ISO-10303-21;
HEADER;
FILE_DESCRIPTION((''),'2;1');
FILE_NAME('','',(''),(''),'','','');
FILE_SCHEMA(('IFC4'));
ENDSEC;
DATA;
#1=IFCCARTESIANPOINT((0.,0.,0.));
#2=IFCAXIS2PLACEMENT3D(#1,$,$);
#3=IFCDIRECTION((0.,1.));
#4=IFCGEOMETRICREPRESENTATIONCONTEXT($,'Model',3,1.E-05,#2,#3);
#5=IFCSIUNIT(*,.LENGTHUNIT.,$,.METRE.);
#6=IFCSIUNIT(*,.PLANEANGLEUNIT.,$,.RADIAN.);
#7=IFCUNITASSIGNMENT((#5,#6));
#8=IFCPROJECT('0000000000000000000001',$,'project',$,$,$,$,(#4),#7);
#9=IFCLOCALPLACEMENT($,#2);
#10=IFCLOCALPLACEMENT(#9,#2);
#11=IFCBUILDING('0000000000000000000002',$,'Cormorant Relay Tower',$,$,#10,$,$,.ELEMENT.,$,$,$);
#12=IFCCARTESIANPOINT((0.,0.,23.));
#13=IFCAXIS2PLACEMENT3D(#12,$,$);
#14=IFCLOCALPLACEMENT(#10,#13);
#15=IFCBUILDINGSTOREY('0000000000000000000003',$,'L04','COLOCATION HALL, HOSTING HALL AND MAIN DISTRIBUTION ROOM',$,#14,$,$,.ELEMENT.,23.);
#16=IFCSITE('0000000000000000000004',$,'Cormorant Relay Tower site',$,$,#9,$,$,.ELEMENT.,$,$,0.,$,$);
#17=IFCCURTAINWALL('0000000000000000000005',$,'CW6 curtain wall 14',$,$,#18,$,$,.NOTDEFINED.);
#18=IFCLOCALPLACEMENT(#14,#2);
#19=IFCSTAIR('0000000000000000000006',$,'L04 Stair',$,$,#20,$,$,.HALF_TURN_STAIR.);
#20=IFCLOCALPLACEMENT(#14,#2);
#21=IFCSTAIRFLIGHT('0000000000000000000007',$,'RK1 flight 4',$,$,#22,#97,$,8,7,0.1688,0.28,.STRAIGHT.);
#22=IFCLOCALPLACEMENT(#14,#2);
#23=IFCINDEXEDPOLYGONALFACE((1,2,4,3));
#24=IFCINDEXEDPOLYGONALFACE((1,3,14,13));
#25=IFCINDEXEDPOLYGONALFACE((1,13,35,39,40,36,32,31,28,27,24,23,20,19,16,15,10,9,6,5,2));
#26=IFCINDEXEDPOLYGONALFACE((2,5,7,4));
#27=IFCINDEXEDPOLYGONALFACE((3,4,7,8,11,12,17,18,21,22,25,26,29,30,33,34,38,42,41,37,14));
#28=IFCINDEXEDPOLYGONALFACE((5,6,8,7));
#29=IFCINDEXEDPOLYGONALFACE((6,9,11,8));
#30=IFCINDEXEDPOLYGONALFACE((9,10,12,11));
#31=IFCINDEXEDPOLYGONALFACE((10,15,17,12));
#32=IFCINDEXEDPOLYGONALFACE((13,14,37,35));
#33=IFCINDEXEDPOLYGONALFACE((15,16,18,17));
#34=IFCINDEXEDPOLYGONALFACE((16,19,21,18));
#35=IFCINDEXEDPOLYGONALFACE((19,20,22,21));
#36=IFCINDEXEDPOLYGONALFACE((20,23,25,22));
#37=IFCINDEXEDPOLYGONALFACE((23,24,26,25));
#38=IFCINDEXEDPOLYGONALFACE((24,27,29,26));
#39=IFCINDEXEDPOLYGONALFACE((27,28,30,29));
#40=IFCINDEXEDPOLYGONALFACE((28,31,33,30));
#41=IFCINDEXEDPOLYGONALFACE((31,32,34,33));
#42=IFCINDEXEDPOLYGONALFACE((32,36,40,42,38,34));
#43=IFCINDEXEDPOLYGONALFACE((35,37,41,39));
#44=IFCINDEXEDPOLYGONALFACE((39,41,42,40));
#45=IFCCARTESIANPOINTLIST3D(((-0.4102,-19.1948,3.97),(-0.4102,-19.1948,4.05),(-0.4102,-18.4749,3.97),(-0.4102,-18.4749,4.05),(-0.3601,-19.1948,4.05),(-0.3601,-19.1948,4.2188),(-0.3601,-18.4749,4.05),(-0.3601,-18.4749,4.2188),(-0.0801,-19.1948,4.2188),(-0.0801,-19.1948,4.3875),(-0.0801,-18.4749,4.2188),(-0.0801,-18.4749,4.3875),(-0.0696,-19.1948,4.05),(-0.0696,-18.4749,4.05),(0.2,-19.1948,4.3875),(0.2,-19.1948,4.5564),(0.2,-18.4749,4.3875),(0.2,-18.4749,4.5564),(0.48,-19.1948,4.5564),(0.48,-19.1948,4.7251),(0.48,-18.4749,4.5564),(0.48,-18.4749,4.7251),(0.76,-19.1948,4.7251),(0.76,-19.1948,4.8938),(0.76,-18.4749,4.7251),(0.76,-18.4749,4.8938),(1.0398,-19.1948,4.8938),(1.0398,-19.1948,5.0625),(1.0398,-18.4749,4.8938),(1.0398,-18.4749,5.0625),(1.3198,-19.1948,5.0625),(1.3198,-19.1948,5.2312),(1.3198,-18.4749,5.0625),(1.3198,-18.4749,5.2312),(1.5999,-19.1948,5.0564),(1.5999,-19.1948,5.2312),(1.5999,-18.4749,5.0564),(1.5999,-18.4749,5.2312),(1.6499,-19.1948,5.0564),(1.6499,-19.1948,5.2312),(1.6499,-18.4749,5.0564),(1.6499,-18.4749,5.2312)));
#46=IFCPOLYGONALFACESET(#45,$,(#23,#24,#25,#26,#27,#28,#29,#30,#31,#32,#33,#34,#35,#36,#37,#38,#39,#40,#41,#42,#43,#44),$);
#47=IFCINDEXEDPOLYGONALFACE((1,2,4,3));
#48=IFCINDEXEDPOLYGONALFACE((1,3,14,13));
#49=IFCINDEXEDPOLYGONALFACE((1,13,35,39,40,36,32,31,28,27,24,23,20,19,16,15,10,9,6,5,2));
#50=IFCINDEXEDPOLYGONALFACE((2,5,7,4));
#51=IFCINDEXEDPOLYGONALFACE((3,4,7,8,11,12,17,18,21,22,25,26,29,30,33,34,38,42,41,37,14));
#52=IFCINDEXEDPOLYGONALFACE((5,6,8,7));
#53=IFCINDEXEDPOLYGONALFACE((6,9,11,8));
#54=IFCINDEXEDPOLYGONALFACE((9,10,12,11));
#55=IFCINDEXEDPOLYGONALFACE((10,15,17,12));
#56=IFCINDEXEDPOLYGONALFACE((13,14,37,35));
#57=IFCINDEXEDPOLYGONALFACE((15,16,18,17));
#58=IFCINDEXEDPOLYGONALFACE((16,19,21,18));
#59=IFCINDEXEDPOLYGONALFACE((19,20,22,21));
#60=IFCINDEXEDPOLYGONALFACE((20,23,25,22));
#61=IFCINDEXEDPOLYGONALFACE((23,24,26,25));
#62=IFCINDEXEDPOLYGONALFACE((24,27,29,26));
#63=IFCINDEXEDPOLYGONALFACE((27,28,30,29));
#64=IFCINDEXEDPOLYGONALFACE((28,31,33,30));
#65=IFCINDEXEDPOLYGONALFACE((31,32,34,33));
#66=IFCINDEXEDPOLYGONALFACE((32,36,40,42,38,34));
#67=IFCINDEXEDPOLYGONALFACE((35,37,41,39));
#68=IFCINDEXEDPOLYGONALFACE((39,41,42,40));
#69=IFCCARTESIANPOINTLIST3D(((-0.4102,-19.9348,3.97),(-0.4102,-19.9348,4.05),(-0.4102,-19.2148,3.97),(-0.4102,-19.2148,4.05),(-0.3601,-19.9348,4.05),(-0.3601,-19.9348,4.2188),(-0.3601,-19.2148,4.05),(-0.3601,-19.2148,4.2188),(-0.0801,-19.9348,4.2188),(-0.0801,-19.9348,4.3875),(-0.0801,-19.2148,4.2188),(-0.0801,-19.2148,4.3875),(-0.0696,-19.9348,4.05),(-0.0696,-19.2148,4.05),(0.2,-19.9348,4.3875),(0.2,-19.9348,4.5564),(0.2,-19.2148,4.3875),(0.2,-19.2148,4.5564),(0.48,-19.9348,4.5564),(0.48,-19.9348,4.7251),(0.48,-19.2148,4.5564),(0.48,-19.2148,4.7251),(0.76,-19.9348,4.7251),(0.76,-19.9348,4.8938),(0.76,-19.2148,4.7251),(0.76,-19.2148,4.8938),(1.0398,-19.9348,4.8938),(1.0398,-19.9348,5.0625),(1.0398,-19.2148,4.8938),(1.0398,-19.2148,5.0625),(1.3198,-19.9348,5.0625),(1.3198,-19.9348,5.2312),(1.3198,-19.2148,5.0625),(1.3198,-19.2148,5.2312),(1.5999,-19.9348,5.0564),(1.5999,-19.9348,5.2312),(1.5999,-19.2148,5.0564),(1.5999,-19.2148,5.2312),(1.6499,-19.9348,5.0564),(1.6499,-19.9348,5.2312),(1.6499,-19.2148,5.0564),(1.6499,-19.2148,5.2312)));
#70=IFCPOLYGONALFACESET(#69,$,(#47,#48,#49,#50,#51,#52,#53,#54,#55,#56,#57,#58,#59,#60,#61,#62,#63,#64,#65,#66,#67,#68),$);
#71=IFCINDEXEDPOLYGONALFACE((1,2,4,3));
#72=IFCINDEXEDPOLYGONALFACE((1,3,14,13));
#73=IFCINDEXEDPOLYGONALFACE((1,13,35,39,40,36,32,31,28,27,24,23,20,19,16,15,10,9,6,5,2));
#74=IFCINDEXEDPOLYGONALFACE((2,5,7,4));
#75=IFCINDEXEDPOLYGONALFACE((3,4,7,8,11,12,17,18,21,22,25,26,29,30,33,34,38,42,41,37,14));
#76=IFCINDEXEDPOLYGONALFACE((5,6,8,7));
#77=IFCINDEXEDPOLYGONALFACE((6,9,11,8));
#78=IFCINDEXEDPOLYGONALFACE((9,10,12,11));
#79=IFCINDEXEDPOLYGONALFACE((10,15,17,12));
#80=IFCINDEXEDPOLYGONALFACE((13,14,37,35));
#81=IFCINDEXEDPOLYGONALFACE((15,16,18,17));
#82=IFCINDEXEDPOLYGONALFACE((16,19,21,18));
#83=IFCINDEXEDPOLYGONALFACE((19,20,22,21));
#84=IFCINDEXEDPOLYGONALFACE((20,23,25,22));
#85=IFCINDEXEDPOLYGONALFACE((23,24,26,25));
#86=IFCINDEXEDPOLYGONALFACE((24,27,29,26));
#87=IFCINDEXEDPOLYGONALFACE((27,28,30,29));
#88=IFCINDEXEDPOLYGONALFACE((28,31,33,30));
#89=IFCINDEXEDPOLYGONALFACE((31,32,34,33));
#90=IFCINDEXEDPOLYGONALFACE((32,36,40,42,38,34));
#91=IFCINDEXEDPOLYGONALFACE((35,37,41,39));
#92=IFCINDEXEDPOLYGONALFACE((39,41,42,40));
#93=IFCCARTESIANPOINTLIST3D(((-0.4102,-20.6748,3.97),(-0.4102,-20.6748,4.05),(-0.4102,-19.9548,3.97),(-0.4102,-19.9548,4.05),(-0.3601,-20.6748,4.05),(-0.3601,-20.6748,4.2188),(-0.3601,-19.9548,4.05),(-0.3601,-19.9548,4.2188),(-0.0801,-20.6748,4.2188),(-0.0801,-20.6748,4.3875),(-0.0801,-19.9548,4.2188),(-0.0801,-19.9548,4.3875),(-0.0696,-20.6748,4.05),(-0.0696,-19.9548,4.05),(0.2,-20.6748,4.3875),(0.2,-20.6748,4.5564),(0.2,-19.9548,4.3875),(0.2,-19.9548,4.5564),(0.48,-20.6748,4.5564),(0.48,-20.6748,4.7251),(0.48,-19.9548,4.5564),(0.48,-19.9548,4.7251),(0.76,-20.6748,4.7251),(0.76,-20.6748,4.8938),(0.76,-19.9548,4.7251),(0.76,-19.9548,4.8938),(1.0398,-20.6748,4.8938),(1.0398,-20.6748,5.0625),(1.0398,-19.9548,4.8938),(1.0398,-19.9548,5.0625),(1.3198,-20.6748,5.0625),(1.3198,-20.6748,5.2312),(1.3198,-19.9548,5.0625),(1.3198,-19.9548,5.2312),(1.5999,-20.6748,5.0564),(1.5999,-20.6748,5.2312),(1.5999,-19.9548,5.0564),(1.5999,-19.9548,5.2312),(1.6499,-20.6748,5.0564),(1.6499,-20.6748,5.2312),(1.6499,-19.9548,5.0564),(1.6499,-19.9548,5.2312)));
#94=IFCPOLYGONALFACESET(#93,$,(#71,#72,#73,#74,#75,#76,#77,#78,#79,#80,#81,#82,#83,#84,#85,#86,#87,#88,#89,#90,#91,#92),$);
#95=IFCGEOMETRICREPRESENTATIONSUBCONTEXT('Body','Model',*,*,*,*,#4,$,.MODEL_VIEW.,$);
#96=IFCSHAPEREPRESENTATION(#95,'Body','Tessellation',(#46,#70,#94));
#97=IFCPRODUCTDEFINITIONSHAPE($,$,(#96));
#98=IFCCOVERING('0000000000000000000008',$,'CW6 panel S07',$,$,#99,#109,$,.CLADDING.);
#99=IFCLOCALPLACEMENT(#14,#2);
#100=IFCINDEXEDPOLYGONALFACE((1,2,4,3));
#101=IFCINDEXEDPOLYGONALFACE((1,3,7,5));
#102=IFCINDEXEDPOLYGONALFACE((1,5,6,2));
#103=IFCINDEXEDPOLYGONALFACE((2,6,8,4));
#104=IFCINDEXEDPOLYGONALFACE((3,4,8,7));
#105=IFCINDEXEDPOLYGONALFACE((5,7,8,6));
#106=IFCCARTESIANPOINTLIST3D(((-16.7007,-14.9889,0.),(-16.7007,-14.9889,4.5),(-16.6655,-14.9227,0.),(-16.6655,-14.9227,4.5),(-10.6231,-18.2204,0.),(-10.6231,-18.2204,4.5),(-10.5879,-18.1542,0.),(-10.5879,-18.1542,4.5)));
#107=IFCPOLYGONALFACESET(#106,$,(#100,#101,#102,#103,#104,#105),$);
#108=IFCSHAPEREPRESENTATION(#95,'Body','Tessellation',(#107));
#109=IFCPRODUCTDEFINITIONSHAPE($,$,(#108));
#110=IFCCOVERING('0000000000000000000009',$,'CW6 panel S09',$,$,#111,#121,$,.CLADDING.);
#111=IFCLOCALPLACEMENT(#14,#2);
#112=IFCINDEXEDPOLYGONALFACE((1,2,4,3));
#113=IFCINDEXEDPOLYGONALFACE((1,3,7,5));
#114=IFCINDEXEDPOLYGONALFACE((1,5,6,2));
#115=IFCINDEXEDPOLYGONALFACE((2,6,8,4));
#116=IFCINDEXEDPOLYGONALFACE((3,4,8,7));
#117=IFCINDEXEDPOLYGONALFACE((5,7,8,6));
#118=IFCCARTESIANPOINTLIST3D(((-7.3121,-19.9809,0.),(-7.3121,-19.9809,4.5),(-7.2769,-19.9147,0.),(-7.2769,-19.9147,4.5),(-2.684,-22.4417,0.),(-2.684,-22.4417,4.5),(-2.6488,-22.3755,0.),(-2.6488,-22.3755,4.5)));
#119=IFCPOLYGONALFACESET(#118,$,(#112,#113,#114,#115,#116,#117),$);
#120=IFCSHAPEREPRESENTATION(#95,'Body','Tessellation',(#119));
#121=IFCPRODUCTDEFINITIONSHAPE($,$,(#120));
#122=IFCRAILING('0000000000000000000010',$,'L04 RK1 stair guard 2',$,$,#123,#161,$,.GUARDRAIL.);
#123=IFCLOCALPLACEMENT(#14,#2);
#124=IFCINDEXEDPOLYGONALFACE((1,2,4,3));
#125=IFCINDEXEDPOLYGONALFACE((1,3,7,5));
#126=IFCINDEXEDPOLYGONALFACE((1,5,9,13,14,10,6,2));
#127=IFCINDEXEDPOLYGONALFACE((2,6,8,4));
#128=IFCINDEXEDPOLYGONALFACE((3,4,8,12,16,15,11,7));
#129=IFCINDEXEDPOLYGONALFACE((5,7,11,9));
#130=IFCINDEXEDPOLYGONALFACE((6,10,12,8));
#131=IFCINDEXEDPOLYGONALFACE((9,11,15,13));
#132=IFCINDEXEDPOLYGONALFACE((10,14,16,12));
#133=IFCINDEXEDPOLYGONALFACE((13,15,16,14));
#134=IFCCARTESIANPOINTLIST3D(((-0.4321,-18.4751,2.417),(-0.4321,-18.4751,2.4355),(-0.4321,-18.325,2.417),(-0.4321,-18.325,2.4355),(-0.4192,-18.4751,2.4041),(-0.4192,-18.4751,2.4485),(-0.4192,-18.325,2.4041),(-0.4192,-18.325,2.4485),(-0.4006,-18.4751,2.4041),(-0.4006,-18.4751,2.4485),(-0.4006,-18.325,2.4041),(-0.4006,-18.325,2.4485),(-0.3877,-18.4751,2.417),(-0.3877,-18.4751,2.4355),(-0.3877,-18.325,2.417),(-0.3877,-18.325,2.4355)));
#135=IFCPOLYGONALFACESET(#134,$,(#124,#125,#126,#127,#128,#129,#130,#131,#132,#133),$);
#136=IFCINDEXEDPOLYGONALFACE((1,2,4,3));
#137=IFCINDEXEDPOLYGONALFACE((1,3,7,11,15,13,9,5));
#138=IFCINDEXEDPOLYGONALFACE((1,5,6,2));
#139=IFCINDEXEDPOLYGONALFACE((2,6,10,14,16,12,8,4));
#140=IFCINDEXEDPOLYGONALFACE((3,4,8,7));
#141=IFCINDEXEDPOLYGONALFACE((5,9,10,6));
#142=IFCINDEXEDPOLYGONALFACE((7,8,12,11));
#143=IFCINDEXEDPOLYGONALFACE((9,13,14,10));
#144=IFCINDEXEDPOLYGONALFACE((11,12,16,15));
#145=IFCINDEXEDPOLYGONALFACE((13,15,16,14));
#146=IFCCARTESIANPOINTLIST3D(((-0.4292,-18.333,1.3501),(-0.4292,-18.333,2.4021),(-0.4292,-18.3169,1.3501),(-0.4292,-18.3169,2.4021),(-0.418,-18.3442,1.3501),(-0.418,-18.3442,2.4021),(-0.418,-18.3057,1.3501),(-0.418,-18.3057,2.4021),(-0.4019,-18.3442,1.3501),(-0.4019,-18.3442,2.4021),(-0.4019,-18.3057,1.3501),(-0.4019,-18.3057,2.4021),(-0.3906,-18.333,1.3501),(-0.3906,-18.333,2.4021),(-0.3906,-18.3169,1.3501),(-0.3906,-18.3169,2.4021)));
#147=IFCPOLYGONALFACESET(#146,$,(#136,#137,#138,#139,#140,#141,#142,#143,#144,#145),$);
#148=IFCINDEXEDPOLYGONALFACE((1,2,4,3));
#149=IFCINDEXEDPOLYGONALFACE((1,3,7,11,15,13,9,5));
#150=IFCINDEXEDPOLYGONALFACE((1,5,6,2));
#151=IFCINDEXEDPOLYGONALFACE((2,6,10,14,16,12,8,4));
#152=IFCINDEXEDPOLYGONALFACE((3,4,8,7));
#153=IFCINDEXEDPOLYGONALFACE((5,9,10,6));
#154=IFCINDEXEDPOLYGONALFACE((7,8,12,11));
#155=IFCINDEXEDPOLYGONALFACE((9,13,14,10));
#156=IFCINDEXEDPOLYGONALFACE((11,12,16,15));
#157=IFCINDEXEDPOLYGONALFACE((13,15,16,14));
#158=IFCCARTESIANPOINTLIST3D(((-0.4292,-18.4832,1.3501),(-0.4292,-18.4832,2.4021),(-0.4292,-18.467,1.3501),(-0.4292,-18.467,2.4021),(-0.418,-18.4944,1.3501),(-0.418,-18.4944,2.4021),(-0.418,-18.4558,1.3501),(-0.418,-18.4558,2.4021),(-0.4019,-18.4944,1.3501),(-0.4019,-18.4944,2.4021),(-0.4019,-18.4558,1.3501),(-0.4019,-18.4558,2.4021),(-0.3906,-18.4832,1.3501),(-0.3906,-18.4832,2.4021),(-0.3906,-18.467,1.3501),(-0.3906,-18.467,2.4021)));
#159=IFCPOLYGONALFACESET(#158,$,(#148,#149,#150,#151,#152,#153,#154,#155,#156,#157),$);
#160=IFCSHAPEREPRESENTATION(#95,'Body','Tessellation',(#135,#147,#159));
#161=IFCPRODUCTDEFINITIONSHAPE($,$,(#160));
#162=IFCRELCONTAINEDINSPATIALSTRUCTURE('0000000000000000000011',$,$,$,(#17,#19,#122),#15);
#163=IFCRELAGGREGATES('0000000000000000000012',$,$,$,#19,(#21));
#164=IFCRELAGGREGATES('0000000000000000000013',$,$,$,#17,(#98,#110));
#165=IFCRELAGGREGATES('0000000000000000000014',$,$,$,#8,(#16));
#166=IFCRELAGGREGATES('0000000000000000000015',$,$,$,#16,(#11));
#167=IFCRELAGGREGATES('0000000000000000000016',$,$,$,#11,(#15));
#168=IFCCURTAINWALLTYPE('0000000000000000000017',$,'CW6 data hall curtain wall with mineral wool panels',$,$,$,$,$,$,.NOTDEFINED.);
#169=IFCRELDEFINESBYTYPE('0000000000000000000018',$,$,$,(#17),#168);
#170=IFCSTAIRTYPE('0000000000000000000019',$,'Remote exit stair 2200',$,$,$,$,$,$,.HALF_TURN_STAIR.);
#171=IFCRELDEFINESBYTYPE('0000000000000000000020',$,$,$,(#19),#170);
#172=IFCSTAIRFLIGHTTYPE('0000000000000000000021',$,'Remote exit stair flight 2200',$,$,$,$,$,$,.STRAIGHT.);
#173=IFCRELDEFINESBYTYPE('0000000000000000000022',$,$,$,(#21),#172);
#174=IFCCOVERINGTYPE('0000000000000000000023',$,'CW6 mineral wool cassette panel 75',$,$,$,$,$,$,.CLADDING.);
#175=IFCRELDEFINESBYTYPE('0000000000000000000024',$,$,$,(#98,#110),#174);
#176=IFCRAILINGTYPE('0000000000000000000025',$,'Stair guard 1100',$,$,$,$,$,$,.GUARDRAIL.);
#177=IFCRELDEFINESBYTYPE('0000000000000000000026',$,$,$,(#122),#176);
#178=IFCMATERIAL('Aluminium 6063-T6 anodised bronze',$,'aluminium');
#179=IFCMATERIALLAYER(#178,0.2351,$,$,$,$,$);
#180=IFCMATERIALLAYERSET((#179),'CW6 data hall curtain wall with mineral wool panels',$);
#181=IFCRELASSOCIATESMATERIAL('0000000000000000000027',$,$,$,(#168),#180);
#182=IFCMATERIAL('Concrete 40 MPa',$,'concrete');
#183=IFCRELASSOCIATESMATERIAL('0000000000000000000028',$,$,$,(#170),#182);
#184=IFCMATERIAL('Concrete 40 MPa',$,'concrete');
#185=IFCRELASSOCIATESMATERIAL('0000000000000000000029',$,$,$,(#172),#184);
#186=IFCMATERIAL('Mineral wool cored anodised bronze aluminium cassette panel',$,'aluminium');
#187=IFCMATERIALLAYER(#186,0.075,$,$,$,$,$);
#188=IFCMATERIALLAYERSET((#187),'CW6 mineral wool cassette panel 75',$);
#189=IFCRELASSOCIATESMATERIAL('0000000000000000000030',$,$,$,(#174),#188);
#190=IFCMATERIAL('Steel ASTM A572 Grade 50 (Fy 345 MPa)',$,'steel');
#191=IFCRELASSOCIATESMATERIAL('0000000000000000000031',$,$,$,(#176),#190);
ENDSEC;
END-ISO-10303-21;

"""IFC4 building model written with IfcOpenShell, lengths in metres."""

from ifc_helpers import new_model, si_unit, direction, frame, origin, origin_2d, place, context, subcontext, project, spatial, polyline, rectangle, outline, extrude, material, layer, layer_set, type_object, element, aggregate, save


model = new_model("IFC4")

# Units and contexts
model_context = context("Model", 3, precision=1e-05, world=origin(), true_north=direction((0.0, 1.0)))
body_context = subcontext(model_context, "Body", "Model", "MODEL_VIEW")
ifc_project = project(units=[si_unit("LENGTHUNIT", "METRE"), si_unit("PLANEANGLEUNIT", "RADIAN")], contexts=[model_context])

# Site, building, storey
site_placement = place(None, origin())
site = spatial("IfcSite", under=ifc_project, at=site_placement, Name="Cormorant Relay Tower site", CompositionType="ELEMENT", RefElevation=0.0)
building_placement = place(site_placement, origin())
building = spatial("IfcBuilding", under=site, at=building_placement, Name="Cormorant Relay Tower", CompositionType="ELEMENT")
storey_placement = place(building_placement, frame((0.0, 0.0, 23.0)))
storey = spatial("IfcBuildingStorey", under=building, at=storey_placement, Name="L04", Description="COLOCATION HALL, HOSTING HALL AND MAIN DISTRIBUTION ROOM", CompositionType="ELEMENT", Elevation=23.0)

# Shared definitions
ifc_material_1 = material(Name="Aluminium 6063-T6 anodised bronze", Category="aluminium")
ifc_layer_1 = layer(ifc_material_1, 0.2351)
ifc_layer_set_1 = layer_set([ifc_layer_1], Name="CW6 data hall curtain wall with mineral wool panels")
curtain_wall_type = type_object("IfcCurtainWallType", Name="CW6 data hall curtain wall with mineral wool panels", PredefinedType="NOTDEFINED", material=ifc_layer_set_1)

# Curtain wall
curtain_wall_1_placement = place(storey_placement, origin())
curtain_wall_1 = element("IfcCurtainWall", 1, at=curtain_wall_1_placement, inside=storey, type_object=curtain_wall_type, Name="CW6 curtain wall 14", PredefinedType="NOTDEFINED")

# Stair, stair flight
ifc_material_2 = material(Name="Concrete 40 MPa", Category="concrete")
stair_type = type_object("IfcStairType", Name="Remote exit stair 2200", PredefinedType="HALF_TURN_STAIR", material=ifc_material_2)
stair_placement = place(storey_placement, origin())
stair = element("IfcStair", 2, at=stair_placement, inside=storey, type_object=stair_type, Name="L04 Stair", PredefinedType="HALF_TURN_STAIR")
ifc_material_3 = material(Name="Concrete 40 MPa", Category="concrete")
stair_flight_type = type_object("IfcStairFlightType", Name="Remote exit stair flight 2200", PredefinedType="STRAIGHT", material=ifc_material_3)
stair_flight_1_placement = place(storey_placement, frame((-0.3601, -19.575, 4.05), z_axis=(0.0, 0.0, 1.0), x_axis=(1.0, 0.0, 0.0)))
stair_flight_1 = element("IfcStairFlight", 3, at=stair_flight_1_placement, type_object=stair_flight_type, Name="RK1 flight 4", NumberOfRisers=8, NumberOfTreads=7, PredefinedType="STRAIGHT", RiserHeight=0.1688, TreadLength=0.28, context=body_context, shape_type="SweptSolid", body=[
    extrude(outline(polyline([(-0.05, -0.0801), (-0.05, 0.0), (0.0, 0.0), (0.0, 0.1687), (0.28, 0.1687), (0.28, 0.3374), (0.5601, 0.3374), (0.5601, 0.5063), (0.8401, 0.5063), (0.8401, 0.675), (1.1201, 0.675), (1.1201, 0.8438), (1.3999, 0.8438), (1.3999, 1.0125), (1.6799, 1.0125), (1.6799, 1.1812), (1.96, 1.1812), (2.01, 1.1812), (2.01, 1.0063), (1.96, 1.0063), (0.2905, 0.0), (-0.05, -0.0801)])), frame((0.0, 1.1001, 0.0), z_axis=(0.0, -1.0, 0.0), x_axis=(1.0, 0.0, 0.0)), (0.0, 0.0, 1.0), 0.72),
    extrude(outline(polyline([(-0.05, -0.0801), (-0.05, 0.0), (0.0, 0.0), (0.0, 0.1687), (0.28, 0.1687), (0.28, 0.3374), (0.5601, 0.3374), (0.5601, 0.5063), (0.8401, 0.5063), (0.8401, 0.675), (1.1201, 0.675), (1.1201, 0.8438), (1.3999, 0.8438), (1.3999, 1.0125), (1.6799, 1.0125), (1.6799, 1.1812), (1.96, 1.1812), (2.01, 1.1812), (2.01, 1.0063), (1.96, 1.0063), (0.2905, 0.0), (-0.05, -0.0801)])), frame((0.0, 0.3601, 0.0), z_axis=(0.0, -1.0, 0.0), x_axis=(1.0, 0.0, 0.0)), (0.0, 0.0, 1.0), 0.72),
    extrude(outline(polyline([(-0.05, -0.0801), (-0.05, 0.0), (0.0, 0.0), (0.0, 0.1687), (0.28, 0.1687), (0.28, 0.3374), (0.5601, 0.3374), (0.5601, 0.5063), (0.8401, 0.5063), (0.8401, 0.675), (1.1201, 0.675), (1.1201, 0.8438), (1.3999, 0.8438), (1.3999, 1.0125), (1.6799, 1.0125), (1.6799, 1.1812), (1.96, 1.1812), (2.01, 1.1812), (2.01, 1.0063), (1.96, 1.0063), (0.2905, 0.0), (-0.05, -0.0801)])), frame((0.0, -0.3799, 0.0), z_axis=(0.0, -1.0, 0.0), x_axis=(1.0, 0.0, 0.0)), (0.0, 0.0, 1.0), 0.72),
])
aggregate(stair, [stair_flight_1])

# Coverings
ifc_material_4 = material(Name="Mineral wool cored anodised bronze aluminium cassette panel", Category="aluminium")
ifc_layer_2 = layer(ifc_material_4, 0.075)
ifc_layer_set_2 = layer_set([ifc_layer_2], Name="CW6 mineral wool cassette panel 75")
covering_type = type_object("IfcCoveringType", Name="CW6 mineral wool cassette panel 75", PredefinedType="CLADDING", material=ifc_layer_set_2)
covering_1_placement = place(storey_placement, frame((-13.6443, -16.5715, 0.0), z_axis=(0.0, 0.0, 1.0), x_axis=(0.882948, -0.469472, 0.0)))
covering_1 = element("IfcCovering", 4, at=covering_1_placement, type_object=covering_type, Name="CW6 panel S07", PredefinedType="CLADDING", context=body_context, shape_type="SweptSolid", body=[
    extrude(rectangle(XDim=6.8833, YDim=0.075, at=origin_2d()), origin(), (0.0, 0.0, 1.0), 4.5),
])
covering_2_placement = place(storey_placement, frame((-4.9805, -21.1782, 0.0), z_axis=(0.0, 0.0, 1.0), x_axis=(0.882948, -0.469472, 0.0)))
covering_2 = element("IfcCovering", 5, at=covering_2_placement, type_object=covering_type, Name="CW6 panel S09", PredefinedType="CLADDING", context=body_context, shape_type="SweptSolid", body=[
    extrude(rectangle(XDim=5.2417, YDim=0.075, at=origin_2d()), origin(), (0.0, 0.0, 1.0), 4.5),
])
aggregate(curtain_wall_1, [covering_1, covering_2])

# Railing
ifc_material_5 = material(Name="Steel ASTM A572 Grade 50 (Fy 345 MPa)", Category="steel")
railing_type_1 = type_object("IfcRailingType", Name="Stair guard 1100", PredefinedType="GUARDRAIL", material=ifc_material_5)
railing_1_placement = place(storey_placement, frame((-0.4099, -18.325, 1.3501)))
element("IfcRailing", 6, at=railing_1_placement, inside=storey, type_object=railing_type_1, Name="L04 RK1 stair guard 2", PredefinedType="GUARDRAIL", context=body_context, shape_type="SweptSolid", body=[
    extrude(outline(polyline([(0.0222, 0.0093), (0.0093, 0.0222), (-0.0093, 0.0222), (-0.0222, 0.0093), (-0.0222, -0.0093), (-0.0093, -0.0222), (0.0093, -0.0222), (0.0222, -0.0093), (0.0222, 0.0093)])), frame((0.0, 0.0, 1.0762), z_axis=(0.0, -1.0, 0.0), x_axis=(1.0, 0.0, 0.0)), (0.0, 0.0, 1.0), 0.1501),
    extrude(outline(polyline([(0.0193, 0.0081), (0.0081, 0.0193), (-0.0081, 0.0193), (-0.0193, 0.0081), (-0.0193, -0.0081), (-0.0081, -0.0193), (0.0081, -0.0193), (0.0193, -0.0081), (0.0193, 0.0081)])), origin(), (0.0, 0.0, 1.0), 1.052),
    extrude(outline(polyline([(0.0193, 0.0081), (0.0081, 0.0193), (-0.0081, 0.0193), (-0.0193, 0.0081), (-0.0193, -0.0081), (-0.0081, -0.0193), (0.0081, -0.0193), (0.0193, -0.0081), (0.0193, 0.0081)])), frame((0.0, -0.1501, 0.0)), (0.0, 0.0, 1.0), 1.052),
])

save(model, "model.ifc")
